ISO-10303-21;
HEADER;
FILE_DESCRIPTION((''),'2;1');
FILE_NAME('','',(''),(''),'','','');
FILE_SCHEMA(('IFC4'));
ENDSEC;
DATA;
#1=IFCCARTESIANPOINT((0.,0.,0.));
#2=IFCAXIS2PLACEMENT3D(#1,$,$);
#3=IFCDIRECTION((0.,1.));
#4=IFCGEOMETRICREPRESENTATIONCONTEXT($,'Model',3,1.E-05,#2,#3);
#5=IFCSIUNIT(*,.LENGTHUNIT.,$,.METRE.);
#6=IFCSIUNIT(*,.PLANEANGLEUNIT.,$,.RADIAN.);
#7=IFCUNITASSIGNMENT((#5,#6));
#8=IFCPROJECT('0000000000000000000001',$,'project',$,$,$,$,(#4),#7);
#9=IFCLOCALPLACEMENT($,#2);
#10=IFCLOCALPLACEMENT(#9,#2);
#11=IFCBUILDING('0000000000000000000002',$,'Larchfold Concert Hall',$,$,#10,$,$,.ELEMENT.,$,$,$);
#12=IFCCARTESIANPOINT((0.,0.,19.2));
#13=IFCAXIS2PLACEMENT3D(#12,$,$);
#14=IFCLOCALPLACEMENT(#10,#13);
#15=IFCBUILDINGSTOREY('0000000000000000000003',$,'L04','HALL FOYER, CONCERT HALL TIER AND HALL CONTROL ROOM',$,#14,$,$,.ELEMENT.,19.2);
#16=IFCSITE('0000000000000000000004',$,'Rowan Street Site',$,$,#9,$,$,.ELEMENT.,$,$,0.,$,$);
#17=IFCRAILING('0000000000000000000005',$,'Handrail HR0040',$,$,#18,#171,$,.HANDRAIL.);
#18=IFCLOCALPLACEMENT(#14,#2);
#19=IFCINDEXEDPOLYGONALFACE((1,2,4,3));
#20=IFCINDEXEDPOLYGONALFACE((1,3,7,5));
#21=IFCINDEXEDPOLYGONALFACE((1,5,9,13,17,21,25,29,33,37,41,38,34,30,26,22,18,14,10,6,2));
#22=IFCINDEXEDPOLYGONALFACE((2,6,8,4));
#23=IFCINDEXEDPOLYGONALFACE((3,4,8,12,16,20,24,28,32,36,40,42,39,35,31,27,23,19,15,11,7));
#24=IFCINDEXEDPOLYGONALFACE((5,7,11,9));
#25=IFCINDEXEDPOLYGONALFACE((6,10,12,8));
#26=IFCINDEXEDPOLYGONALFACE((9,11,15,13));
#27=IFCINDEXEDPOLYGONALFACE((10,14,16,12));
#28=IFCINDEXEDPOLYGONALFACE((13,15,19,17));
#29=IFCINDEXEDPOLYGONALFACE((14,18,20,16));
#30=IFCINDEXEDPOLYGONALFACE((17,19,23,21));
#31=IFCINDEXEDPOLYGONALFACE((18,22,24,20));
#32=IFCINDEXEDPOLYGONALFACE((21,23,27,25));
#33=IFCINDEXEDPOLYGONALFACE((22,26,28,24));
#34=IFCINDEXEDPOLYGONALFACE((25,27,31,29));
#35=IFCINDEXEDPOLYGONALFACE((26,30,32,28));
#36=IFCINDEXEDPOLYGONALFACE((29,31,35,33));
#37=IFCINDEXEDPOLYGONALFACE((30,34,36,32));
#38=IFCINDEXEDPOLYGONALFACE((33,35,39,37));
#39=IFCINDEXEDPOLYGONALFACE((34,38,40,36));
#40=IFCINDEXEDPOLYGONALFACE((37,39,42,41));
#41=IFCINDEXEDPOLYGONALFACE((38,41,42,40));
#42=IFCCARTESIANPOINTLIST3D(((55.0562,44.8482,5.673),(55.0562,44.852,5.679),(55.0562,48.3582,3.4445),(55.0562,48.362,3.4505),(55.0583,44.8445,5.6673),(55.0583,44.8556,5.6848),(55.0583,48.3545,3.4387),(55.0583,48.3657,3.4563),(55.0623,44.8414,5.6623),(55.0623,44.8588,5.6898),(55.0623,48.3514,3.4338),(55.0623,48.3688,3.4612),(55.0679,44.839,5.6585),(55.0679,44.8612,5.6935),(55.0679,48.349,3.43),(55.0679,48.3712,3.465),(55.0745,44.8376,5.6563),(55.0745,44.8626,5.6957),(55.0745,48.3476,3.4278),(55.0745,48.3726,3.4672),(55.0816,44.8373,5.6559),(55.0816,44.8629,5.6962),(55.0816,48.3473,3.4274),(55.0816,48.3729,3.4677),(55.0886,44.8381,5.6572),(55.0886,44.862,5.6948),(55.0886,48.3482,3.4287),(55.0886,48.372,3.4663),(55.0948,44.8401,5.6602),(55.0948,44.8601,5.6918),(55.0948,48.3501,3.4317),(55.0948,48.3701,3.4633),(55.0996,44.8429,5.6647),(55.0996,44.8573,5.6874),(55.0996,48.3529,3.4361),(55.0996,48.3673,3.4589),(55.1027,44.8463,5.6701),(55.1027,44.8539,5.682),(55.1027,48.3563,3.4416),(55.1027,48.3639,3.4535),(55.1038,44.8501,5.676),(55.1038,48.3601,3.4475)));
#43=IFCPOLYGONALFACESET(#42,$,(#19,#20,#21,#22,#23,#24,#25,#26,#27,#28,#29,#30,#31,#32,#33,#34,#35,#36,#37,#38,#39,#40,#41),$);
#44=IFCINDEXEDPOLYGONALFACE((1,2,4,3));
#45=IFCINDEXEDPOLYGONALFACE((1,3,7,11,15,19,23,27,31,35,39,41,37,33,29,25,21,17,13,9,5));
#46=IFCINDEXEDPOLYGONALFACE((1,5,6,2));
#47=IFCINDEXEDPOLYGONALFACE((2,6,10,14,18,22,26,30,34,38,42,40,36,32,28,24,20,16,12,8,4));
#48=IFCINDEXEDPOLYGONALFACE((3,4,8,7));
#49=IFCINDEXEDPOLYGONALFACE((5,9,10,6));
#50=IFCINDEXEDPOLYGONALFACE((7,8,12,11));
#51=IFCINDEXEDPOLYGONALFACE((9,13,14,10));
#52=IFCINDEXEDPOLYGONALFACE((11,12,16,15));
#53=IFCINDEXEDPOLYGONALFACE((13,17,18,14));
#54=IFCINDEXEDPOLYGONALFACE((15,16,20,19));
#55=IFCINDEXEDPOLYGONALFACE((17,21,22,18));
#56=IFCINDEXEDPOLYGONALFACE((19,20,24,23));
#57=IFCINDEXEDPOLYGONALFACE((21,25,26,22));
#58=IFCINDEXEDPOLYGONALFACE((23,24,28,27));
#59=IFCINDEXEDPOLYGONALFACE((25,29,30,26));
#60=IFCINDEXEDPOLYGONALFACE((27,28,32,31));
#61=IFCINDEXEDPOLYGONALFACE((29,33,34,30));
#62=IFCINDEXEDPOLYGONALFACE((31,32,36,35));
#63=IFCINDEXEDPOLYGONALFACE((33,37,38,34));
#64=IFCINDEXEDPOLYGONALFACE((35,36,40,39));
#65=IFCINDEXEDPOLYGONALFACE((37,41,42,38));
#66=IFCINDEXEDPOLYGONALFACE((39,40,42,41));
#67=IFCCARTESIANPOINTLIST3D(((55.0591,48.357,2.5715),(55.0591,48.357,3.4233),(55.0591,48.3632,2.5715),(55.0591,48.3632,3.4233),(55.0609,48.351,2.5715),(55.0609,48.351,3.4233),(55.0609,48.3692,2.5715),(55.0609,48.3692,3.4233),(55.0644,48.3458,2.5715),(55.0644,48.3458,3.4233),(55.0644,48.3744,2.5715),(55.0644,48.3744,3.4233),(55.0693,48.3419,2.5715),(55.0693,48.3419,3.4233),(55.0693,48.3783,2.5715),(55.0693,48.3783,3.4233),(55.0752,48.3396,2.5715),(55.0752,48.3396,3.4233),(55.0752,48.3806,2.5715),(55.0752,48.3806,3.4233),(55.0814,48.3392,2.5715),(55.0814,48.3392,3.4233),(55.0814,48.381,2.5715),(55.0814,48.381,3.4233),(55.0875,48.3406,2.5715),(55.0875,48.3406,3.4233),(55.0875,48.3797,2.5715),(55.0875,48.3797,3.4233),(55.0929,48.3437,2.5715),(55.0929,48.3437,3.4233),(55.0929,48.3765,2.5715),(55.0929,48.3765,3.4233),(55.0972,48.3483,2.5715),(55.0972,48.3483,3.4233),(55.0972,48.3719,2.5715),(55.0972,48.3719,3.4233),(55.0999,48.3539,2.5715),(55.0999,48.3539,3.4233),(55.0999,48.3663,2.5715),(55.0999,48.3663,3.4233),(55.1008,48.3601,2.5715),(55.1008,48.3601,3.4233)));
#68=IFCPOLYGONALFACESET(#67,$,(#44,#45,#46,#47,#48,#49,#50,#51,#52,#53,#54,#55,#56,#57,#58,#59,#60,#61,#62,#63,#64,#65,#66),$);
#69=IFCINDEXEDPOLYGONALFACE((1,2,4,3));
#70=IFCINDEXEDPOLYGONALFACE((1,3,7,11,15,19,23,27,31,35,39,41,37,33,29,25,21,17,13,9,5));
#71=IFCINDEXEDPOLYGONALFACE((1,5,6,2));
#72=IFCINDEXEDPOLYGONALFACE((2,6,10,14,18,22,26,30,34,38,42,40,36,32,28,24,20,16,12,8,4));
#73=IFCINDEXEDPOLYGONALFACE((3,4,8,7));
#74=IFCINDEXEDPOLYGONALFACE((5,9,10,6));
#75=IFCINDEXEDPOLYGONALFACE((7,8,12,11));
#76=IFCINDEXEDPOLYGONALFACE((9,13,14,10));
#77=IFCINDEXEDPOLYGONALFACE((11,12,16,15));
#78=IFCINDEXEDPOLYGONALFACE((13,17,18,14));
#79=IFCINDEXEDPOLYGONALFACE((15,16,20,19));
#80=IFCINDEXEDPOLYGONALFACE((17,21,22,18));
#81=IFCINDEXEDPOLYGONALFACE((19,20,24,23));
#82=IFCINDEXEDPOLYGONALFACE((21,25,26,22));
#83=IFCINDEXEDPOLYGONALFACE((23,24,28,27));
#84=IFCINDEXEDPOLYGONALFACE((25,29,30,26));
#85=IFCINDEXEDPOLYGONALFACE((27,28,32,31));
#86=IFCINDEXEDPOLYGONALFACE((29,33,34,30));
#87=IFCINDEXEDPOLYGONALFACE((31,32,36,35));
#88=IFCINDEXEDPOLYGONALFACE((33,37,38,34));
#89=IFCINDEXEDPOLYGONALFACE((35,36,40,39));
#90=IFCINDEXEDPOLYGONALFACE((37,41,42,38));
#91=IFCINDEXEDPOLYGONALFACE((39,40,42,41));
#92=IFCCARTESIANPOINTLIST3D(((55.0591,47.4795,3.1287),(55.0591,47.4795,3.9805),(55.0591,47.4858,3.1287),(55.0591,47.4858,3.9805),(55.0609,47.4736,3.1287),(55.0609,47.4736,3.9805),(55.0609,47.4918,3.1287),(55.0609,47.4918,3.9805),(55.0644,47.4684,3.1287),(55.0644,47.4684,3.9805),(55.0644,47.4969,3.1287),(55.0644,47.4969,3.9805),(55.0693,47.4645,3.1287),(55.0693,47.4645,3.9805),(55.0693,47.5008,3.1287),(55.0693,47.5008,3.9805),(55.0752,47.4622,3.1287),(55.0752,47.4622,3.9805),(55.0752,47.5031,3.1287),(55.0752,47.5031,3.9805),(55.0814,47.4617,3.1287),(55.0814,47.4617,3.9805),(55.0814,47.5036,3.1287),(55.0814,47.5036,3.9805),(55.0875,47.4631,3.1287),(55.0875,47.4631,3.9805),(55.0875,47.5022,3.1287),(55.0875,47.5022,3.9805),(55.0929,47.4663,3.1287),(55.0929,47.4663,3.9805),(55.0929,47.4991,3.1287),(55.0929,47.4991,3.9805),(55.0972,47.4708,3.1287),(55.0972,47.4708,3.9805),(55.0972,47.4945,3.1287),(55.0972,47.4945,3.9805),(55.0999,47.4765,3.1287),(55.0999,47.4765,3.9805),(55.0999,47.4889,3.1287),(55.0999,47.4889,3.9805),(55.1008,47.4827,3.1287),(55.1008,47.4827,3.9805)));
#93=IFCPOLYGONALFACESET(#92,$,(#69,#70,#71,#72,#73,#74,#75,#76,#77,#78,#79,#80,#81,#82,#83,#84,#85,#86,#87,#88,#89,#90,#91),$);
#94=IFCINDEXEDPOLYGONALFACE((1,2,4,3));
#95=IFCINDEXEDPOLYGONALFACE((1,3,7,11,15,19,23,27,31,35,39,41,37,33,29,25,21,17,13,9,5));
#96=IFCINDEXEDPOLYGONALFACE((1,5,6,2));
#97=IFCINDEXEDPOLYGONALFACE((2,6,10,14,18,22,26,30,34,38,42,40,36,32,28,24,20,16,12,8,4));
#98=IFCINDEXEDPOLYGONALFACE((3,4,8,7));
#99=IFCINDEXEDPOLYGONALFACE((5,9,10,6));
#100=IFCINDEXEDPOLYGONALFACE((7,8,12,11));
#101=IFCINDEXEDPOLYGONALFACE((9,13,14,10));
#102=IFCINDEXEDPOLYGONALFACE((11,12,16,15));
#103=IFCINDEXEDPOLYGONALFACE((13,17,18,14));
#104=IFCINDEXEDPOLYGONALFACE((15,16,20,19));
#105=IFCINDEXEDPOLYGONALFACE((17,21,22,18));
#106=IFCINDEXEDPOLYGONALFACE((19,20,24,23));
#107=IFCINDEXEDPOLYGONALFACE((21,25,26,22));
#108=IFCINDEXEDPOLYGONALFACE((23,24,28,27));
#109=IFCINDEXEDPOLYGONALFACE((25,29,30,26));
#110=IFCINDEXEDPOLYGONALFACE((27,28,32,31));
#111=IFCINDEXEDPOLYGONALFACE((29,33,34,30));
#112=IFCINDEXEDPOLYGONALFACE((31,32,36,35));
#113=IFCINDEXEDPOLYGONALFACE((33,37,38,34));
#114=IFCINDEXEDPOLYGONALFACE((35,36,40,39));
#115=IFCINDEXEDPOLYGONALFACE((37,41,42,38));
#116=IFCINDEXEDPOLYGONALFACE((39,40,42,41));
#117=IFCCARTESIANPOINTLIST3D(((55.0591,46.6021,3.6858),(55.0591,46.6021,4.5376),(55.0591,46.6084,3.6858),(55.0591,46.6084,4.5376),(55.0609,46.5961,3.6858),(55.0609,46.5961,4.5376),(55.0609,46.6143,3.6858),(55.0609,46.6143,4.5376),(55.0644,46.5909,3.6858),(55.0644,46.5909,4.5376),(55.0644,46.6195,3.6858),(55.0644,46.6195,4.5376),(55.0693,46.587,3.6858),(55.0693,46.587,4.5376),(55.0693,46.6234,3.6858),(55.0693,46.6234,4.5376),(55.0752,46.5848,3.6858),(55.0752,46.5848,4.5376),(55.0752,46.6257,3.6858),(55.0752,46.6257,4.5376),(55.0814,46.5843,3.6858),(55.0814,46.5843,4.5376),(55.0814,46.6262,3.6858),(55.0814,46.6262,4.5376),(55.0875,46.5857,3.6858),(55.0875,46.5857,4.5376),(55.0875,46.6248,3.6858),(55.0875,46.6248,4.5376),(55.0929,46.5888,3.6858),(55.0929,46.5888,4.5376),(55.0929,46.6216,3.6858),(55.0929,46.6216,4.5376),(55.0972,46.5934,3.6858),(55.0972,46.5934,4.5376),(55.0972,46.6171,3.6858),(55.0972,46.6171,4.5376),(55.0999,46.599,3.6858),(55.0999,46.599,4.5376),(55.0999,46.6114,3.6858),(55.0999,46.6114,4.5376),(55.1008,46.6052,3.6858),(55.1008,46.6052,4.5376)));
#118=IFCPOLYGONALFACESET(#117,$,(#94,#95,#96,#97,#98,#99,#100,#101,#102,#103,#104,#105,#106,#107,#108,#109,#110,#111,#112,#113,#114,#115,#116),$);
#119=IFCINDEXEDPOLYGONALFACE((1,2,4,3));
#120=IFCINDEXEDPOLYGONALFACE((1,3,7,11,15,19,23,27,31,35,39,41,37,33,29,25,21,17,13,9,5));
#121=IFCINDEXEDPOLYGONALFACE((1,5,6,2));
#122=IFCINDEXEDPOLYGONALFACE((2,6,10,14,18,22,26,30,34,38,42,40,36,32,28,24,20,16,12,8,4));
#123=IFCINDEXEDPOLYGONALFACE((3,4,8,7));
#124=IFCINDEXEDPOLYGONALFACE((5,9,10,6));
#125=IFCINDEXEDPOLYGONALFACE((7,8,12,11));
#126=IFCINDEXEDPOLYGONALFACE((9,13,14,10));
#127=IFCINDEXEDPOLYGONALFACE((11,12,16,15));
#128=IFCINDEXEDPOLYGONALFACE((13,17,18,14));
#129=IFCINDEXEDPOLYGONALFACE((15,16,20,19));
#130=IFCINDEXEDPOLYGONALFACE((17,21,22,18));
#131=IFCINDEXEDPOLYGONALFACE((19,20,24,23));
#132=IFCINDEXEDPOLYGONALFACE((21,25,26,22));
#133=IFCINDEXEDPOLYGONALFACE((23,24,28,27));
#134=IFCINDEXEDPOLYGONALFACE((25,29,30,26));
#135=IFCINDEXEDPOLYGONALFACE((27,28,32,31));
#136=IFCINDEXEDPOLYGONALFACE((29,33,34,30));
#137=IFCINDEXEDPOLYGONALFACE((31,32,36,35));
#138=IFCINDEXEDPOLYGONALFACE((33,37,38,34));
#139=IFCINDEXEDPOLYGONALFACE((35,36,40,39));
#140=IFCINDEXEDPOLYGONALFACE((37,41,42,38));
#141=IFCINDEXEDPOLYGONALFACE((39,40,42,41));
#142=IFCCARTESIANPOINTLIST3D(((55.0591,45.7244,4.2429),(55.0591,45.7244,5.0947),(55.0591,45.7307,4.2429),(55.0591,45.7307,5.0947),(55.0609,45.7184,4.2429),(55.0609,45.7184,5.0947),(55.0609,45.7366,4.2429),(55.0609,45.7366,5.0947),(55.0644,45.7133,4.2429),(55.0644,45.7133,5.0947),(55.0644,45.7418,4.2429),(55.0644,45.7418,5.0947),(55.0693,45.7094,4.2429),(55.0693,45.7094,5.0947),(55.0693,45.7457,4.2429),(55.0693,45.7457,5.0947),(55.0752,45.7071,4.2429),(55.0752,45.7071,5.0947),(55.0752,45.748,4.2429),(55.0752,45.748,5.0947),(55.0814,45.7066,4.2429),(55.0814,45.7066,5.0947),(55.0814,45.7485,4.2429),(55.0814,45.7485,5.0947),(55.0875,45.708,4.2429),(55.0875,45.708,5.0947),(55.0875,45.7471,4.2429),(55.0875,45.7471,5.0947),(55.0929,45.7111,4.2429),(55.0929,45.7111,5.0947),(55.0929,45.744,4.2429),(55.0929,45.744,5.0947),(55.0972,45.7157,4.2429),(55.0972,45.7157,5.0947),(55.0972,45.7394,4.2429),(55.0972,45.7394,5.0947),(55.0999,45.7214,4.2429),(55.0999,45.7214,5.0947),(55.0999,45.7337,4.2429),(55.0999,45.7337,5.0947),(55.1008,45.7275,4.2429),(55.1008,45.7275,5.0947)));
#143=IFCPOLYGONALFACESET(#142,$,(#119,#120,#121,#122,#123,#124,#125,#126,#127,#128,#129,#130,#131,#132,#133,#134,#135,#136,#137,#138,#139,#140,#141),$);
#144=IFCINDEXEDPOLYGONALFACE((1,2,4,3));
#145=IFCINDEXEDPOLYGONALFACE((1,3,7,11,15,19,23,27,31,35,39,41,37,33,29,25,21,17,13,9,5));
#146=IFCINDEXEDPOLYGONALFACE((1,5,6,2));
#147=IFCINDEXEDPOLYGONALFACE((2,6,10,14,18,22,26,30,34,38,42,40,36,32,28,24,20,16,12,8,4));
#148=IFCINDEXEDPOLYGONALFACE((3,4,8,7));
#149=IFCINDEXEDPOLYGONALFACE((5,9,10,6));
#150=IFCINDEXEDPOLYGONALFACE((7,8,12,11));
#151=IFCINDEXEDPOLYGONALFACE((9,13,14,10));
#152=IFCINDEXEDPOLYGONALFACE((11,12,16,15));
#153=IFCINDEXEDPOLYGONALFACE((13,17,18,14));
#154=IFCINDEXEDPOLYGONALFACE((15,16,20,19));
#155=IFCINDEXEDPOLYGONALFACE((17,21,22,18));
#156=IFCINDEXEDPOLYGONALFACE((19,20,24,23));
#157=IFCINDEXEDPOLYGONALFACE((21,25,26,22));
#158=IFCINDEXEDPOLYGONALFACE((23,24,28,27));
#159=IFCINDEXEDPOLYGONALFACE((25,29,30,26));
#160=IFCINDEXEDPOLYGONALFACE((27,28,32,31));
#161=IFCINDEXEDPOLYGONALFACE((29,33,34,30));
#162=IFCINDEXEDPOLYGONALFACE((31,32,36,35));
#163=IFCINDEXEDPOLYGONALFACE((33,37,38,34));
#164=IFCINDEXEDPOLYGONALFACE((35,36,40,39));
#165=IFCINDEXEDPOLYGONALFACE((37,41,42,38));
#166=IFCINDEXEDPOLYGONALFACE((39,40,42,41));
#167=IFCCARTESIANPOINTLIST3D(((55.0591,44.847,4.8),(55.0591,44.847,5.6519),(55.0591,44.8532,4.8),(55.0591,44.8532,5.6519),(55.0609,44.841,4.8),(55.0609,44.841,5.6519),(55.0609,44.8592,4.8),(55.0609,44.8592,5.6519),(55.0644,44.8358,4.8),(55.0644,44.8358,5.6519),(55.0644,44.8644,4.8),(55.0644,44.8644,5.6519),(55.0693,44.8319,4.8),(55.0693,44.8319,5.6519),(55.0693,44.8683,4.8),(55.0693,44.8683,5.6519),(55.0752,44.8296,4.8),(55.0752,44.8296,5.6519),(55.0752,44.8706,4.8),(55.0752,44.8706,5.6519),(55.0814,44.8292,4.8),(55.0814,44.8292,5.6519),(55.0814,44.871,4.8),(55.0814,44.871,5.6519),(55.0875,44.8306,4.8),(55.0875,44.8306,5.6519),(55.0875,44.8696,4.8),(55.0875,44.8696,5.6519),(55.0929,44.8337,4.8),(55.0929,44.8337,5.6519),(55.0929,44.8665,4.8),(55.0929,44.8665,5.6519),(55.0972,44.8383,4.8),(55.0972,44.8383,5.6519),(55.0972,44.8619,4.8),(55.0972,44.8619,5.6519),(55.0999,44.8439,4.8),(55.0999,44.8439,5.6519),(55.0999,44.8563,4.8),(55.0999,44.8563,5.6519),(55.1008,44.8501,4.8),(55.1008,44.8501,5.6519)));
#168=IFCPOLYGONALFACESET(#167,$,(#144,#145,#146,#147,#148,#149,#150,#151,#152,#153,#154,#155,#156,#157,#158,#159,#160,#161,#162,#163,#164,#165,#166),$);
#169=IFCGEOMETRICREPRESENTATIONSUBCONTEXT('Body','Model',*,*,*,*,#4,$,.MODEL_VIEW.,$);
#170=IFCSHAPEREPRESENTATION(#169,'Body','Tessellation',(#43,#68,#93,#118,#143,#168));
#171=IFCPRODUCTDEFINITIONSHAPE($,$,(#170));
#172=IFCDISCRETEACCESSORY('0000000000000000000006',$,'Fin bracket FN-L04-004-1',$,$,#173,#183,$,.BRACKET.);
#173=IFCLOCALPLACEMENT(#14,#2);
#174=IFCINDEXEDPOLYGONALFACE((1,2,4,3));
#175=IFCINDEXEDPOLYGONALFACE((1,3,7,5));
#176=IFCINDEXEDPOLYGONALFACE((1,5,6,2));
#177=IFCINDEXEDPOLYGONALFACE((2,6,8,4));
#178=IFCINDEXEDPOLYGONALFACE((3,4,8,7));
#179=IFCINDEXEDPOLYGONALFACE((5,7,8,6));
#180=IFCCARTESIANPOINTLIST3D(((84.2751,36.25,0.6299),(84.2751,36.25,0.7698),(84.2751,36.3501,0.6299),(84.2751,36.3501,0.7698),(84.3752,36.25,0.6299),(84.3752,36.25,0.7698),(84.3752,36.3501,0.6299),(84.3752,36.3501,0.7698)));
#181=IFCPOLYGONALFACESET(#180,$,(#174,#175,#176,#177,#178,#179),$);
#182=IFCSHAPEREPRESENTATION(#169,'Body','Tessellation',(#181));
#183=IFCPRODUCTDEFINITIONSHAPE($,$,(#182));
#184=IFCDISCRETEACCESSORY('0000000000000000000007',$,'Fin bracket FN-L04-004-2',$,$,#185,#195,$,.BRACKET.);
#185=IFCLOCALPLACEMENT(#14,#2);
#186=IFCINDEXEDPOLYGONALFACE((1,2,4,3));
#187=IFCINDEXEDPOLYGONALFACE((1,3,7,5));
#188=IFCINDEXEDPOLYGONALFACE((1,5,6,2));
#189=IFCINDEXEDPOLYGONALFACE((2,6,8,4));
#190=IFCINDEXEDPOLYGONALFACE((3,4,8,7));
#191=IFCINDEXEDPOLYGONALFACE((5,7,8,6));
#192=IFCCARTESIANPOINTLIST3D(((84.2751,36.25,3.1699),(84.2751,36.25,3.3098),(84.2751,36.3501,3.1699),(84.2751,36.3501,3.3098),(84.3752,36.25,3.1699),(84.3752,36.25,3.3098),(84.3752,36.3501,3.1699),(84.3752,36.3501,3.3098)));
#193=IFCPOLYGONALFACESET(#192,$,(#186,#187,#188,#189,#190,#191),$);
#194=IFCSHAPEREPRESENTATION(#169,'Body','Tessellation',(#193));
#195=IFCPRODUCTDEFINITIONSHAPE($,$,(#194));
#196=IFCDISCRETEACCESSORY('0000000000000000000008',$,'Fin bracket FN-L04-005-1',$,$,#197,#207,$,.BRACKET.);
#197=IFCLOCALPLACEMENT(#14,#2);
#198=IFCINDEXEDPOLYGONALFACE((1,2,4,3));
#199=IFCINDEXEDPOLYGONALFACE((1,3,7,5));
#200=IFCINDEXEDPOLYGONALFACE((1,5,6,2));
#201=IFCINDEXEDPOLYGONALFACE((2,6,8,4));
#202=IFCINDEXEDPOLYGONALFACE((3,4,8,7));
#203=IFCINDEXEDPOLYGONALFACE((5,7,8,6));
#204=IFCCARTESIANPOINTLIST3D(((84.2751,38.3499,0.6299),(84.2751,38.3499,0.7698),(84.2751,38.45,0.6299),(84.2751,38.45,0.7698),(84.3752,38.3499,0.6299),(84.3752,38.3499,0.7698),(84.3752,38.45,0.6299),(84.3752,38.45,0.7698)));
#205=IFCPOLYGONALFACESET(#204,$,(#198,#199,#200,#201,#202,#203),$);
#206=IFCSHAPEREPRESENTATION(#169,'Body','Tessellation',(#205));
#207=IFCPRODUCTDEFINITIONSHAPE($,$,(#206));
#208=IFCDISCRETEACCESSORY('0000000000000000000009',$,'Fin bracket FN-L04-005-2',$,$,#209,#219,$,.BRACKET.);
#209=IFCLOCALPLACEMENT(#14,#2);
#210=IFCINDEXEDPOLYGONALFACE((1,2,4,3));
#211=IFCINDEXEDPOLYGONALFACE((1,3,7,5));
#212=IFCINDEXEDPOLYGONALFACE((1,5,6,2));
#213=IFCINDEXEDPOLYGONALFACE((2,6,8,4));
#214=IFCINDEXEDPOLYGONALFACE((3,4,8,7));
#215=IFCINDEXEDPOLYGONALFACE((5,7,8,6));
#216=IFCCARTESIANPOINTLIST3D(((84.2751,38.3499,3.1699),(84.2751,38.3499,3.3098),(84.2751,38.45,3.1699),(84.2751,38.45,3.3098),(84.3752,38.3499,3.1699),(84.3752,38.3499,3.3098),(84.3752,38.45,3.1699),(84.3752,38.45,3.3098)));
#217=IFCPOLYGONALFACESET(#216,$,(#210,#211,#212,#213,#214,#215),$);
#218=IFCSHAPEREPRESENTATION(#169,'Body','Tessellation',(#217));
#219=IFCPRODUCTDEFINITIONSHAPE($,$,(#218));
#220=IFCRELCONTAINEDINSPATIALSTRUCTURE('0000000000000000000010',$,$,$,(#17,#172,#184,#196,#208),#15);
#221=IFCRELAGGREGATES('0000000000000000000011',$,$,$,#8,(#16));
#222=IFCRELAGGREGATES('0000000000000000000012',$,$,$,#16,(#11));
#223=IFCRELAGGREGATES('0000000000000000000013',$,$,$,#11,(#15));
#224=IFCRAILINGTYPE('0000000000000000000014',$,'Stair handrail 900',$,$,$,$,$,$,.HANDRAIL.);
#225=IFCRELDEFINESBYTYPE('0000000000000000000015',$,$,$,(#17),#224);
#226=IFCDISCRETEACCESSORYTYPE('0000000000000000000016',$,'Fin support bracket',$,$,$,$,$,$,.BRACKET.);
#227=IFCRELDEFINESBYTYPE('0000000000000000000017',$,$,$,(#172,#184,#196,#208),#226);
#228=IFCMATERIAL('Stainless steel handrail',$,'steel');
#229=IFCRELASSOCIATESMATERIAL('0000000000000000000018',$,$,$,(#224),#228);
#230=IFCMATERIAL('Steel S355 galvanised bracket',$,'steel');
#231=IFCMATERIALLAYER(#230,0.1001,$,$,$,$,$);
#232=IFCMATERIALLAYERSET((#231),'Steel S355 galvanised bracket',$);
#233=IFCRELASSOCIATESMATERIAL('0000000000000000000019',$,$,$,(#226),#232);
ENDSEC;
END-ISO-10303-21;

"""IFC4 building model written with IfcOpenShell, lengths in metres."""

from ifc_helpers import new_model, si_unit, direction, frame, origin, origin_2d, place, context, subcontext, project, spatial, rectangle, circle, extrude, material, layer, layer_set, type_object, element, save


model = new_model("IFC4")

# Units and contexts
model_context = context("Model", 3, precision=1e-05, world=origin(), true_north=direction((0.0, 1.0)))
body_context = subcontext(model_context, "Body", "Model", "MODEL_VIEW")
ifc_project = project(units=[si_unit("LENGTHUNIT", "METRE"), si_unit("PLANEANGLEUNIT", "RADIAN")], contexts=[model_context])

# Site, building, storey
site_placement = place(None, origin())
site = spatial("IfcSite", under=ifc_project, at=site_placement, Name="Rowan Street Site", CompositionType="ELEMENT", RefElevation=0.0)
building_placement = place(site_placement, origin())
building = spatial("IfcBuilding", under=site, at=building_placement, Name="Larchfold Concert Hall", CompositionType="ELEMENT")
storey_placement = place(building_placement, frame((0.0, 0.0, 19.2)))
storey = spatial("IfcBuildingStorey", under=building, at=storey_placement, Name="L04", Description="HALL FOYER, CONCERT HALL TIER AND HALL CONTROL ROOM", CompositionType="ELEMENT", Elevation=19.2)

# Railing
ifc_material_1 = material(Name="Stainless steel handrail", Category="steel")
railing_type_1 = type_object("IfcRailingType", Name="Stair handrail 900", PredefinedType="HANDRAIL", material=ifc_material_1)
railing_1_placement = place(storey_placement, frame((55.0798, 48.3601, 2.5715)))
element("IfcRailing", 1, at=railing_1_placement, inside=storey, type_object=railing_type_1, Name="Handrail HR0040", PredefinedType="HANDRAIL", context=body_context, shape_type="SweptSolid", body=[
    extrude(circle(Radius=0.0239, at=origin_2d()), frame((0.0, 0.0, 0.876), z_axis=(0.0, -0.84422, 0.535998), x_axis=(1.0, 0.0, 0.0)), (0.0, 0.0, 1.0), 4.1577),
    extrude(circle(Radius=0.021, at=origin_2d()), origin(), (0.0, 0.0, 1.0), 0.8518),
    extrude(circle(Radius=0.021, at=origin_2d()), frame((0.0, -0.8774, 0.5571)), (0.0, 0.0, 1.0), 0.8518),
    extrude(circle(Radius=0.021, at=origin_2d()), frame((0.0, -1.7549, 1.1143)), (0.0, 0.0, 1.0), 0.8518),
    extrude(circle(Radius=0.021, at=origin_2d()), frame((0.0, -2.6326, 1.6714)), (0.0, 0.0, 1.0), 0.8518),
    extrude(circle(Radius=0.021, at=origin_2d()), frame((0.0, -3.51, 2.2285)), (0.0, 0.0, 1.0), 0.8518),
])

# Discrete accessories
ifc_material_2 = material(Name="Steel S355 galvanised bracket", Category="steel")
ifc_layer_1 = layer(ifc_material_2, 0.1001)
ifc_layer_set_1 = layer_set([ifc_layer_1], Name="Steel S355 galvanised bracket")
discrete_accessory_type = type_object("IfcDiscreteAccessoryType", Name="Fin support bracket", PredefinedType="BRACKET", material=ifc_layer_set_1)
for number, where, z_axis, x_axis, name in (
    (2, (84.3252, 36.3, 0.6299), (0.0, 0.0, 1.0), (-1.0, 0.0, 0.0), "Fin bracket FN-L04-004-1"),
    (3, (84.3252, 36.3, 3.1699), (0.0, 0.0, 1.0), (-1.0, 0.0, 0.0), "Fin bracket FN-L04-004-2"),
    (4, (84.3252, 38.3999, 0.6299), (0.0, 0.0, 1.0), (-1.0, 0.0, 0.0), "Fin bracket FN-L04-005-1"),
    (5, (84.3252, 38.3999, 3.1699), (0.0, 0.0, 1.0), (-1.0, 0.0, 0.0), "Fin bracket FN-L04-005-2"),
):
    element("IfcDiscreteAccessory", number, at=place(storey_placement, frame(where, z_axis=z_axis, x_axis=x_axis)), inside=storey, type_object=discrete_accessory_type, Name=name, PredefinedType="BRACKET", context=body_context, shape_type="SweptSolid", body=[
        extrude(rectangle(XDim=0.1001, YDim=0.1001, at=origin_2d()), origin(), (0.0, 0.0, 1.0), 0.1399),
    ])

save(model, "model.ifc")
